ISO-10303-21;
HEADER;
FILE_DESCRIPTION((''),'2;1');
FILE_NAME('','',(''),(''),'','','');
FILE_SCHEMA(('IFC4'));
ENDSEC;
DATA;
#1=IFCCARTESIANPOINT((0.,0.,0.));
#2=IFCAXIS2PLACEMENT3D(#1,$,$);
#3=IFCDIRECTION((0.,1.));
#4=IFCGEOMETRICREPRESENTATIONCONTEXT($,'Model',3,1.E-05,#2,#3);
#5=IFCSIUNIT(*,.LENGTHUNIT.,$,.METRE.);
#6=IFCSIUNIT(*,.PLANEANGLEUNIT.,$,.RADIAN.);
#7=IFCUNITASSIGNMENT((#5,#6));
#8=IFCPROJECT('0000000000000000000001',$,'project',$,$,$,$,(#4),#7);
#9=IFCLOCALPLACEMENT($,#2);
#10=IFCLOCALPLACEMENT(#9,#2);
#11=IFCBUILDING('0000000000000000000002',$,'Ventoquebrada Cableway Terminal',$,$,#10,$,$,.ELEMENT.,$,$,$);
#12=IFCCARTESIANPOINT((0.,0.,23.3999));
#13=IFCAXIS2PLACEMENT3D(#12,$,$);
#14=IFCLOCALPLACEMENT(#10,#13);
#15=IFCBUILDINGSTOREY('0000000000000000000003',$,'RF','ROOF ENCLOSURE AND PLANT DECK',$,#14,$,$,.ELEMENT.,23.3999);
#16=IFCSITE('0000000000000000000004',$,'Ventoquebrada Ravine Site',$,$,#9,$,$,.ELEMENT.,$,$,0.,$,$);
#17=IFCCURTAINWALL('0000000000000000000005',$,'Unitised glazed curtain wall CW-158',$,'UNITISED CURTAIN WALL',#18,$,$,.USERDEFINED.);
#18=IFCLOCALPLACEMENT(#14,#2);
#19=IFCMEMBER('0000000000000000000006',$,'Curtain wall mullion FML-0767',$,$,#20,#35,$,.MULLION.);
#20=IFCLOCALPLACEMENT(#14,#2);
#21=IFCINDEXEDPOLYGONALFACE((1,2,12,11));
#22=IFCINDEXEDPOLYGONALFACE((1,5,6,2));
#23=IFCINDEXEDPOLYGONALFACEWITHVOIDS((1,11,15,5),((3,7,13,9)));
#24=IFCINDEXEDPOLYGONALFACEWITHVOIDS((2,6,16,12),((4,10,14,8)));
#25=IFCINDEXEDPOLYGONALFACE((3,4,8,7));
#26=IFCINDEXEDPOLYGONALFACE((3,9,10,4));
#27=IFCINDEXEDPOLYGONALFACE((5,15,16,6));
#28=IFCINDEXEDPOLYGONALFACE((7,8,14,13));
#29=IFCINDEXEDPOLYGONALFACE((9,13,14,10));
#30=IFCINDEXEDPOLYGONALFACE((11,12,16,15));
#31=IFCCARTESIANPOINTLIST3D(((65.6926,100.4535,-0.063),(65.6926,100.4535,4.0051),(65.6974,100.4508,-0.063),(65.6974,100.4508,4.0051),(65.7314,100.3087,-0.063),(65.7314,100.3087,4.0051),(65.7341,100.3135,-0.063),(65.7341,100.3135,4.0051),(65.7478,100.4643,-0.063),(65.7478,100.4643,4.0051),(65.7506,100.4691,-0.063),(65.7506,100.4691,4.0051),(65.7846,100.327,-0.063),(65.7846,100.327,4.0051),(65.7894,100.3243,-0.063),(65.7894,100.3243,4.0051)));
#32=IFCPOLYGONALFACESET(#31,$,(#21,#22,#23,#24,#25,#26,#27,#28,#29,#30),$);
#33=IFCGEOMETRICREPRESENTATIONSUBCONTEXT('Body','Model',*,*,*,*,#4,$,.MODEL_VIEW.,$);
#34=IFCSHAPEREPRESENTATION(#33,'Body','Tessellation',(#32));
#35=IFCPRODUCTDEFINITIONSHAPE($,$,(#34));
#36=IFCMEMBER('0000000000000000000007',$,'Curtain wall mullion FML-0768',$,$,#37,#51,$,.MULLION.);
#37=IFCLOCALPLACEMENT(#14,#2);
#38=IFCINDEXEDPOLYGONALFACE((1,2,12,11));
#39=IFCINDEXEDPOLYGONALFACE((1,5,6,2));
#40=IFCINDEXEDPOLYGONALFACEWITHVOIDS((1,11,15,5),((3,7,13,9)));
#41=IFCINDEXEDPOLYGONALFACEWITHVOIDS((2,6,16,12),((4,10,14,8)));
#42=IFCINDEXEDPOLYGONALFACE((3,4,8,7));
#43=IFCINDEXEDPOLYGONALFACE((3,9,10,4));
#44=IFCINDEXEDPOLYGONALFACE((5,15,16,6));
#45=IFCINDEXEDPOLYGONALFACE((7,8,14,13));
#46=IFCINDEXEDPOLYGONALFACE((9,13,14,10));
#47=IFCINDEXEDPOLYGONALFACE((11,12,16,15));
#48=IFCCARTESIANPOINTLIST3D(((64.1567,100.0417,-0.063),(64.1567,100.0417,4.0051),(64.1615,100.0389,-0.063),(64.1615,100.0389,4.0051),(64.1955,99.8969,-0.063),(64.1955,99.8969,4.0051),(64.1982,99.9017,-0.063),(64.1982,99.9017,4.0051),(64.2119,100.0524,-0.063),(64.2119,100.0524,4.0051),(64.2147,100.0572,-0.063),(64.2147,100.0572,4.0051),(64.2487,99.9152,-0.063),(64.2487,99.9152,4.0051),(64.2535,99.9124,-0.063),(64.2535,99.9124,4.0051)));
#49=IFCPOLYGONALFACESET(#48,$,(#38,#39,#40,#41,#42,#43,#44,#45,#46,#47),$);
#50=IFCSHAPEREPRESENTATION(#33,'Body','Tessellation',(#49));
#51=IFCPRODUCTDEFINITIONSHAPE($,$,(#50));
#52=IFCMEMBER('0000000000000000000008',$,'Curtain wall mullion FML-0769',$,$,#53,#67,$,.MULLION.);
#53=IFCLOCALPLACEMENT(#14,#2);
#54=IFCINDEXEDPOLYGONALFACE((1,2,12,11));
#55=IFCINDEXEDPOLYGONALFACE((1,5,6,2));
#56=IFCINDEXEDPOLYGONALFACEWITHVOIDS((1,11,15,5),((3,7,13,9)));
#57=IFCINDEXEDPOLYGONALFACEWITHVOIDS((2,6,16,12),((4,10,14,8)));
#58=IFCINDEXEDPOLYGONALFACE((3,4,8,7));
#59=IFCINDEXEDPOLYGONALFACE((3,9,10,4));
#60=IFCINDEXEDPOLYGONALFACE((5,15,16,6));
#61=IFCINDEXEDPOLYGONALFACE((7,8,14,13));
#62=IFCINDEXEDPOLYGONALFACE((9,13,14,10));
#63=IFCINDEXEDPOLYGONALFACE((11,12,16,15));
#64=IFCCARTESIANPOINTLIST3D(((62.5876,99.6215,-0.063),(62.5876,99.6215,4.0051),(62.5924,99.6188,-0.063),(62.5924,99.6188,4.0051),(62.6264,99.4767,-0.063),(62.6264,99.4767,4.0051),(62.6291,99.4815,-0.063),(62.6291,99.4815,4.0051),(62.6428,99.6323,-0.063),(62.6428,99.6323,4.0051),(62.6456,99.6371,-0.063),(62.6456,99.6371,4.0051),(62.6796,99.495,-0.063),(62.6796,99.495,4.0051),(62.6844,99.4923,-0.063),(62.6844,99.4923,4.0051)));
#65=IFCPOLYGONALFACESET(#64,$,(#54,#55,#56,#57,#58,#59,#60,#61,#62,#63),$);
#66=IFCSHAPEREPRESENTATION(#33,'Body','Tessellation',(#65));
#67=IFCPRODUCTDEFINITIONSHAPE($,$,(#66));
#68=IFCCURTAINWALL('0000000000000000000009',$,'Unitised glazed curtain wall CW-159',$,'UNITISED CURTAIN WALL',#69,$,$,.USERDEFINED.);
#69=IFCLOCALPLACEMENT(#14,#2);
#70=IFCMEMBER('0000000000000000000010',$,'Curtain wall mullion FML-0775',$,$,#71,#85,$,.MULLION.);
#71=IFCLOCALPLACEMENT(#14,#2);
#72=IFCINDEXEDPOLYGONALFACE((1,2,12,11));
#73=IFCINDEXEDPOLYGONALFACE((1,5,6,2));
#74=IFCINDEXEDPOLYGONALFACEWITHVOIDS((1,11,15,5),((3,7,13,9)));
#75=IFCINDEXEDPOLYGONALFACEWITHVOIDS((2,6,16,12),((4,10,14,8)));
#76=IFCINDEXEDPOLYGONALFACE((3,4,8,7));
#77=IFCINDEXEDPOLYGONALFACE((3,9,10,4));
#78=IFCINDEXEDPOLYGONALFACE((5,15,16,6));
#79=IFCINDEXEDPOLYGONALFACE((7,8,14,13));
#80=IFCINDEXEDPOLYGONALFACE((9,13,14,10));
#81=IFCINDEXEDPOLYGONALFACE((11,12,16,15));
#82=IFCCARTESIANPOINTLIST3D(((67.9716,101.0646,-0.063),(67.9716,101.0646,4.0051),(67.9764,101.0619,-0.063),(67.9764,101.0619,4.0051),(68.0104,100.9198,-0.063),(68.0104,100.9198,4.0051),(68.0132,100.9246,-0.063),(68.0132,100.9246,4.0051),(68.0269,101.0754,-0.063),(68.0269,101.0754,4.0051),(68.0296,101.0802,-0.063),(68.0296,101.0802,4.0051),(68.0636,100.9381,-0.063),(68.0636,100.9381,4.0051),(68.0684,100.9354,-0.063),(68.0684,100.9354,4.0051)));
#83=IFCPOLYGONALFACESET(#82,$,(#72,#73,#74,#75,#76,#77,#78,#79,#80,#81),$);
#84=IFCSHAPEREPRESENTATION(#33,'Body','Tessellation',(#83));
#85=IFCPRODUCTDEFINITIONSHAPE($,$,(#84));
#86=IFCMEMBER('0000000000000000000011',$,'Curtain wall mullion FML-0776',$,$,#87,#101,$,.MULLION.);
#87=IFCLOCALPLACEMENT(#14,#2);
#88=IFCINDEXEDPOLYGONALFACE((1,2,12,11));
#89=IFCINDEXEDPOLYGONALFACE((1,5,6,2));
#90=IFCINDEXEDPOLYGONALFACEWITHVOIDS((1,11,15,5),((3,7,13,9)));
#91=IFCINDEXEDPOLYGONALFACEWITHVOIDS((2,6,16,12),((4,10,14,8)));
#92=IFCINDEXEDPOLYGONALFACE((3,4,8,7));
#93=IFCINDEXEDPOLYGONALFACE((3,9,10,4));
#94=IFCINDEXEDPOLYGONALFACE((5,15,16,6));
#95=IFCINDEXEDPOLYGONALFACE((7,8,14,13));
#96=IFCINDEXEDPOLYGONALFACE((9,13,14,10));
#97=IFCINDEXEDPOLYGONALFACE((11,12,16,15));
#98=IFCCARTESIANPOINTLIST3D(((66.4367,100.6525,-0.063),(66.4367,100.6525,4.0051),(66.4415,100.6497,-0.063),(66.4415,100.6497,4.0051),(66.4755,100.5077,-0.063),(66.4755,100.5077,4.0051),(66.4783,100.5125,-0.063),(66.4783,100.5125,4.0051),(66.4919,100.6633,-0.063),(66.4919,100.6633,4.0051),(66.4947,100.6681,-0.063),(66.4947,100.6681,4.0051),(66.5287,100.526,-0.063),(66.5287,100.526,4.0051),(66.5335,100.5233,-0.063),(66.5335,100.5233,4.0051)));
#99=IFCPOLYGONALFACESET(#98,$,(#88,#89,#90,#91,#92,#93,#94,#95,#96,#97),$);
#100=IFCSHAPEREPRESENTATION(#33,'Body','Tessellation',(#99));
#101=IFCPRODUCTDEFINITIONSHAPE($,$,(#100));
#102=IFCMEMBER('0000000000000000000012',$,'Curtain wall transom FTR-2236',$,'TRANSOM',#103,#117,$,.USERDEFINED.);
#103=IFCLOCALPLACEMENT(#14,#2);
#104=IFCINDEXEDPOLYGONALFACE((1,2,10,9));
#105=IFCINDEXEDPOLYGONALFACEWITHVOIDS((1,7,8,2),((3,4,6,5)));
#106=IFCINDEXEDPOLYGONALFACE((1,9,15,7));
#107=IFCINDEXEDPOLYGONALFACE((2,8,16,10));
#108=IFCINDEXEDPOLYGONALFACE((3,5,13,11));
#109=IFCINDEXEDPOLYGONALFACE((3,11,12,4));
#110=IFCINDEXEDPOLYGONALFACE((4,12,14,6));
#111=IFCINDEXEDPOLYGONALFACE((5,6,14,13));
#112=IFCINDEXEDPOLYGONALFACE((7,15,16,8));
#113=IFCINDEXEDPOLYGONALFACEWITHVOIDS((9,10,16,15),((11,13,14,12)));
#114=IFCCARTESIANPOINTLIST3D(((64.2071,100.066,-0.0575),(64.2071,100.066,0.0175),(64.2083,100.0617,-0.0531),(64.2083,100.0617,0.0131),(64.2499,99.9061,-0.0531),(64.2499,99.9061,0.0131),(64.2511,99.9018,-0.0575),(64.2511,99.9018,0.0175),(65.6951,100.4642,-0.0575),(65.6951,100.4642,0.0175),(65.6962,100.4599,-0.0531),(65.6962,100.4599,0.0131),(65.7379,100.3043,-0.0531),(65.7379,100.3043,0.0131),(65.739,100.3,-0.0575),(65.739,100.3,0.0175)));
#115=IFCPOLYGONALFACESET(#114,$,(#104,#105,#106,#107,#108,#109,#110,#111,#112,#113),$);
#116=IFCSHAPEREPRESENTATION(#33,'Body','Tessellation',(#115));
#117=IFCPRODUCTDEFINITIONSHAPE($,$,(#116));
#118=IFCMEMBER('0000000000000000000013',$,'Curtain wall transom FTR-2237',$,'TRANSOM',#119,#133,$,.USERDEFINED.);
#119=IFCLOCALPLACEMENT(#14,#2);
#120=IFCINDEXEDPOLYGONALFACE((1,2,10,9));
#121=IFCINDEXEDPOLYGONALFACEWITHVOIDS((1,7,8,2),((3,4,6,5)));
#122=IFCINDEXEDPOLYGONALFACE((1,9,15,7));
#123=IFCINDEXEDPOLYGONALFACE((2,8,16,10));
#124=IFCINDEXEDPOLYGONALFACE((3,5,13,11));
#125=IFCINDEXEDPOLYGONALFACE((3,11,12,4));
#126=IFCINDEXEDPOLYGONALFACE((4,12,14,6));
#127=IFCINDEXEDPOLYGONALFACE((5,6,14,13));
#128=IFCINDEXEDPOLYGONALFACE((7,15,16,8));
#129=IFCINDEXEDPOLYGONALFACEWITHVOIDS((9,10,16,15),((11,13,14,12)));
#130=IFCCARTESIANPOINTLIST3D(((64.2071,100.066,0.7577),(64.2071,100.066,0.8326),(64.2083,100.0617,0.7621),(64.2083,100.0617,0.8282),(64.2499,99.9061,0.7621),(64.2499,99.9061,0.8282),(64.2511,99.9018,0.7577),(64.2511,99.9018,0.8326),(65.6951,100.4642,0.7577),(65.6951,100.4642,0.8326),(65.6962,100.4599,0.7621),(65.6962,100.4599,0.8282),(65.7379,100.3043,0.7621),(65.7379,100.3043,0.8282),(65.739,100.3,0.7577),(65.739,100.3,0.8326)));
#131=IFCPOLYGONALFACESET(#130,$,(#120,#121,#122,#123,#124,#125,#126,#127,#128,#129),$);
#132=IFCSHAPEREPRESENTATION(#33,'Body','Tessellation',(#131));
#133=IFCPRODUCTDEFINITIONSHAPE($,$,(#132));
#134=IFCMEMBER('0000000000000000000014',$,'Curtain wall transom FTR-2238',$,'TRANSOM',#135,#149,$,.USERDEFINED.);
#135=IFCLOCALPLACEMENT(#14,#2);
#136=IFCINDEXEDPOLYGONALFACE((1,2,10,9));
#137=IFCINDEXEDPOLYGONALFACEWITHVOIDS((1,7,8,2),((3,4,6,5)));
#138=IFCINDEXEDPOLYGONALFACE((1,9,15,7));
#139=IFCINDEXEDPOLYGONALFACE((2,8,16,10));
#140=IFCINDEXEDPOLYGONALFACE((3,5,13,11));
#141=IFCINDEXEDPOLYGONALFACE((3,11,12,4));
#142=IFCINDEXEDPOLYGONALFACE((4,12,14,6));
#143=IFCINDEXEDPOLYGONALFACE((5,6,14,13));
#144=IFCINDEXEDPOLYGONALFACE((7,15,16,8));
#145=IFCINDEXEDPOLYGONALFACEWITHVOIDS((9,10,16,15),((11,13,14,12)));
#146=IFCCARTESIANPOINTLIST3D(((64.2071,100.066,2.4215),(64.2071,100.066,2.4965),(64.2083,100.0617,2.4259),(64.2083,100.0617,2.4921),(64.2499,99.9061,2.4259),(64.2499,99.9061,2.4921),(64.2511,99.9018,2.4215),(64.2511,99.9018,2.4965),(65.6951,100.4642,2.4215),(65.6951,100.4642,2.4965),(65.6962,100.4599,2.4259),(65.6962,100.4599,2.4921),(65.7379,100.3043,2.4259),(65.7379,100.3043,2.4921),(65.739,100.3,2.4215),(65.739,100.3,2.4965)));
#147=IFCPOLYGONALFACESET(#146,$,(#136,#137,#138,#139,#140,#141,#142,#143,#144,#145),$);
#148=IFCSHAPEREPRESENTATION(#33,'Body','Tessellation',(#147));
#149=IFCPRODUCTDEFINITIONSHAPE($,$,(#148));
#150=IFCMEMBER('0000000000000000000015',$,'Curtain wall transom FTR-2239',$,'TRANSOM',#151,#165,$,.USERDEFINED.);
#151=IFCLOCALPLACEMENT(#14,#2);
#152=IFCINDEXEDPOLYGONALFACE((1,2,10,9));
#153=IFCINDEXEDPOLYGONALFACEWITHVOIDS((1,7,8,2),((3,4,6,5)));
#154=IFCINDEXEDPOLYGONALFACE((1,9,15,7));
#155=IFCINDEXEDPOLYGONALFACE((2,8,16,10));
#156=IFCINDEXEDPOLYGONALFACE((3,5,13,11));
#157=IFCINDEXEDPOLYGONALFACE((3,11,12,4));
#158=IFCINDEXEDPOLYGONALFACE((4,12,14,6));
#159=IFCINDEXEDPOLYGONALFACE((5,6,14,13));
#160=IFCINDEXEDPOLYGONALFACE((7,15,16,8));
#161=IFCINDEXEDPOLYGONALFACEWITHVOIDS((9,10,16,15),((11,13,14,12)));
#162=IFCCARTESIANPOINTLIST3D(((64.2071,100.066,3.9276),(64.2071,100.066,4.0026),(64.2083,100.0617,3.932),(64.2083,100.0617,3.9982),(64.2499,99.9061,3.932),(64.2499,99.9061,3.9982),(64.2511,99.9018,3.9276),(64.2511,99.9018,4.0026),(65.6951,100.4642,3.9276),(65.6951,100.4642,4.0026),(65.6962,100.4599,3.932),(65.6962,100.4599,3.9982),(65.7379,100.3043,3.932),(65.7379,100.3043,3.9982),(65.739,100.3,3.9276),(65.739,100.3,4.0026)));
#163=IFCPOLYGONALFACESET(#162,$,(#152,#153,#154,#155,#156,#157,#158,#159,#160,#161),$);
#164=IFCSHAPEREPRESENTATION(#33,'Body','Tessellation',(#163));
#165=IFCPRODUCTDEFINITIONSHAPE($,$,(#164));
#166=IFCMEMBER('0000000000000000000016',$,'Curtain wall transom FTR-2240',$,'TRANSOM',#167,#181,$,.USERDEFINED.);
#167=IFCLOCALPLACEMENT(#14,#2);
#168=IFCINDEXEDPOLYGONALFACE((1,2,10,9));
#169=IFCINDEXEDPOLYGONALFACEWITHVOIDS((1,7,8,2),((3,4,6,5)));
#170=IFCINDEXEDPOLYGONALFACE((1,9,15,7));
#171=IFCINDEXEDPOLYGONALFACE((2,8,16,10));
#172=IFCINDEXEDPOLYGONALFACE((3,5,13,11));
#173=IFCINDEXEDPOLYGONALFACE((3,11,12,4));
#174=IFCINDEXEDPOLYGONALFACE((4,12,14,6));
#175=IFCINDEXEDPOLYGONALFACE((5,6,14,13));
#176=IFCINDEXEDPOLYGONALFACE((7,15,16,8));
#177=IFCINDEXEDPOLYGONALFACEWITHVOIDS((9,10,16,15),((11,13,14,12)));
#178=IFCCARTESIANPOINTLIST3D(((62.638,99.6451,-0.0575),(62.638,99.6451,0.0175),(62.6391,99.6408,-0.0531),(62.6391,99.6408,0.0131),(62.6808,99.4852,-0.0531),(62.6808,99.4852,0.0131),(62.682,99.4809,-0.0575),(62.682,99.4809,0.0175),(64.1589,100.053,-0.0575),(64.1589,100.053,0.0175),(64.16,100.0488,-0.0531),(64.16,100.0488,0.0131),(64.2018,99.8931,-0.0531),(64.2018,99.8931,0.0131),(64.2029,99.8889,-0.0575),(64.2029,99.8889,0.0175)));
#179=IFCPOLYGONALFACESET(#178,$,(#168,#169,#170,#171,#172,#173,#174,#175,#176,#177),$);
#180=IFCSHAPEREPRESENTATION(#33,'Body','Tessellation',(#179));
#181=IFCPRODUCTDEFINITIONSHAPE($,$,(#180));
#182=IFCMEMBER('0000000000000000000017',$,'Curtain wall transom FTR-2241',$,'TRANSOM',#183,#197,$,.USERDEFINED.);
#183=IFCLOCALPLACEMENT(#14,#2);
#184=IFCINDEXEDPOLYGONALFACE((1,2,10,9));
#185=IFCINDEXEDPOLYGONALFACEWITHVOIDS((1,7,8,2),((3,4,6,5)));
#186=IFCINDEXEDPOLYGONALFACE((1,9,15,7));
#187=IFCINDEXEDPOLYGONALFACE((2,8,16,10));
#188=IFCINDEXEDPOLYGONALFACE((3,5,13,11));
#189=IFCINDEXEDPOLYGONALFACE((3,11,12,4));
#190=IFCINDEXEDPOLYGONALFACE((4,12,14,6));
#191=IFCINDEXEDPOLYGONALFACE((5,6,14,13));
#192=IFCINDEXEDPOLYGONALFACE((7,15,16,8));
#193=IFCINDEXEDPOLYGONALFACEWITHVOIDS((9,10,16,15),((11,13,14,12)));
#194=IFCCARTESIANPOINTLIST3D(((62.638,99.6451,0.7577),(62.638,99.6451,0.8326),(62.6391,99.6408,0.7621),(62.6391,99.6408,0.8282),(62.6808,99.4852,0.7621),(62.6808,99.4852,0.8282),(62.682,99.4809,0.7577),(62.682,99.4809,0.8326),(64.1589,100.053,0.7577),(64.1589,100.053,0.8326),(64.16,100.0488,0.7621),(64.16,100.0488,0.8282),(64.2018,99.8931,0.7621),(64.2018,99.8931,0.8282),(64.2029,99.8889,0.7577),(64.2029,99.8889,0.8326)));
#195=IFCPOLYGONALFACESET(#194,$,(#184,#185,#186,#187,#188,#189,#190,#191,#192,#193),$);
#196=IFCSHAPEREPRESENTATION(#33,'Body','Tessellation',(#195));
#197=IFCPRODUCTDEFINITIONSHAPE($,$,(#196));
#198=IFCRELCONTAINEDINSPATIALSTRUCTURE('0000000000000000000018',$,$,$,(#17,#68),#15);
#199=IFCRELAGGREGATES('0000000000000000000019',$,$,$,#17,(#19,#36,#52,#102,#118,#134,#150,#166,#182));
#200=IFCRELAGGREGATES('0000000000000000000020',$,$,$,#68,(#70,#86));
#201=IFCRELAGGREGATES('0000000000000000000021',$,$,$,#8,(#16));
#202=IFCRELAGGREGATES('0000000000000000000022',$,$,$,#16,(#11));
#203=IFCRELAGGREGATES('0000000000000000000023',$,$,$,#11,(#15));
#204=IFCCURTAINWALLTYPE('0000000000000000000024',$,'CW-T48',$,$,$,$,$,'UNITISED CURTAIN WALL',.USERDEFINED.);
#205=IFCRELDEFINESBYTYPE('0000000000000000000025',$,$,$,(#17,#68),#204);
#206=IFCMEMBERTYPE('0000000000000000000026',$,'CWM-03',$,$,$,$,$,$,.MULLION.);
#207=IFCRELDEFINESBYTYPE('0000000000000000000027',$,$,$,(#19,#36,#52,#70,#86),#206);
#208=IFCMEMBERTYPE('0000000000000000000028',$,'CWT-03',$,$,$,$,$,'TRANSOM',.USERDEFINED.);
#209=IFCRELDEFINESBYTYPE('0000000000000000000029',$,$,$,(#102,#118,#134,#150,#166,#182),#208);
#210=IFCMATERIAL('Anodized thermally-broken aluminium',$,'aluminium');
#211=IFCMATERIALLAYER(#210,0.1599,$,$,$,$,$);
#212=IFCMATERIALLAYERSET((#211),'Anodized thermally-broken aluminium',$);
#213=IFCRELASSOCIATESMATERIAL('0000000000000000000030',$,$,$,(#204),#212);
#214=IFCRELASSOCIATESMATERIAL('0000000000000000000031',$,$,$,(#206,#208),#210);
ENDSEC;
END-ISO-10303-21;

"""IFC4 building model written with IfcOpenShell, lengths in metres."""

from ifc_helpers import new_model, si_unit, direction, frame, origin, origin_2d, place, context, subcontext, project, spatial, hollow_rectangle, extrude, material, layer, layer_set, material_profile, profile_set, type_object, element, aggregate, save


model = new_model("IFC4")

# Units and contexts
model_context = context("Model", 3, precision=1e-05, world=origin(), true_north=direction((0.0, 1.0)))
body_context = subcontext(model_context, "Body", "Model", "MODEL_VIEW")
ifc_project = project(units=[si_unit("LENGTHUNIT", "METRE"), si_unit("PLANEANGLEUNIT", "RADIAN")], contexts=[model_context])

# Site, building, storey
site_placement = place(None, origin())
site = spatial("IfcSite", under=ifc_project, at=site_placement, Name="Ventoquebrada Ravine Site", CompositionType="ELEMENT", RefElevation=0.0)
building_placement = place(site_placement, origin())
building = spatial("IfcBuilding", under=site, at=building_placement, Name="Ventoquebrada Cableway Terminal", CompositionType="ELEMENT")
storey_placement = place(building_placement, frame((0.0, 0.0, 23.3999)))
storey = spatial("IfcBuildingStorey", under=building, at=storey_placement, Name="RF", Description="ROOF ENCLOSURE AND PLANT DECK", CompositionType="ELEMENT", Elevation=23.3999)

# Curtain walls, members
ifc_material_1 = material(Name="Anodized thermally-broken aluminium", Category="aluminium")
ifc_layer_1 = layer(ifc_material_1, 0.1599)
ifc_layer_set_1 = layer_set([ifc_layer_1], Name="Anodized thermally-broken aluminium")
curtain_wall_type = type_object("IfcCurtainWallType", Name="CW-T48", ElementType="UNITISED CURTAIN WALL", PredefinedType="USERDEFINED", material=ifc_layer_set_1)
curtain_wall_1_placement = place(storey_placement, origin())
curtain_wall_1 = element("IfcCurtainWall", 1, at=curtain_wall_1_placement, inside=storey, type_object=curtain_wall_type, Name="Unitised glazed curtain wall CW-158", ObjectType="UNITISED CURTAIN WALL", PredefinedType="USERDEFINED")
ifc_material_profile_1 = material_profile(ifc_material_1, hollow_rectangle(XDim=0.0601, YDim=0.1499, WallThickness=0.0039, at=origin_2d()), Name="CW-MUL-60X150")
ifc_profile_set_1 = profile_set([ifc_material_profile_1], Name="Anodized thermally-broken aluminium")
member_type_1 = type_object("IfcMemberType", Name="CWM-03", PredefinedType="MULLION", material=ifc_profile_set_1)
member_1_placement = place(storey_placement, frame((65.741, 100.3889, -0.063), z_axis=(0.0, 0.0, 1.0), x_axis=(-0.965944, -0.258752, 0.0)))
member_1 = element("IfcMember", 2, at=member_1_placement, type_object=member_type_1, Name="Curtain wall mullion FML-0767", PredefinedType="MULLION", context=body_context, shape_type="SweptSolid", body=[
    extrude(hollow_rectangle(XDim=0.0601, YDim=0.1499, WallThickness=0.0039, at=origin_2d()), origin(), (0.0, 0.0, 1.0), 4.0681),
])
member_2_placement = place(storey_placement, frame((64.2051, 99.9771, -0.063), z_axis=(0.0, 0.0, 1.0), x_axis=(-0.965944, -0.258752, 0.0)))
member_2 = element("IfcMember", 3, at=member_2_placement, type_object=member_type_1, Name="Curtain wall mullion FML-0768", PredefinedType="MULLION", context=body_context, shape_type="SweptSolid", body=[
    extrude(hollow_rectangle(XDim=0.0601, YDim=0.1499, WallThickness=0.0039, at=origin_2d()), origin(), (0.0, 0.0, 1.0), 4.0681),
])
member_3_placement = place(storey_placement, frame((62.636, 99.5569, -0.063), z_axis=(0.0, 0.0, 1.0), x_axis=(-0.965944, -0.258752, 0.0)))
member_3 = element("IfcMember", 4, at=member_3_placement, type_object=member_type_1, Name="Curtain wall mullion FML-0769", PredefinedType="MULLION", context=body_context, shape_type="SweptSolid", body=[
    extrude(hollow_rectangle(XDim=0.0601, YDim=0.1499, WallThickness=0.0039, at=origin_2d()), origin(), (0.0, 0.0, 1.0), 4.0681),
])
curtain_wall_2_placement = place(storey_placement, origin())
curtain_wall_2 = element("IfcCurtainWall", 5, at=curtain_wall_2_placement, inside=storey, type_object=curtain_wall_type, Name="Unitised glazed curtain wall CW-159", ObjectType="UNITISED CURTAIN WALL", PredefinedType="USERDEFINED")
member_4_placement = place(storey_placement, frame((68.02, 101.0, -0.063), z_axis=(0.0, 0.0, 1.0), x_axis=(-0.965894, -0.258937, 0.0)))
member_4 = element("IfcMember", 6, at=member_4_placement, type_object=member_type_1, Name="Curtain wall mullion FML-0775", PredefinedType="MULLION", context=body_context, shape_type="SweptSolid", body=[
    extrude(hollow_rectangle(XDim=0.0601, YDim=0.1499, WallThickness=0.0039, at=origin_2d()), origin(), (0.0, 0.0, 1.0), 4.0681),
])
member_5_placement = place(storey_placement, frame((66.4851, 100.5879, -0.063), z_axis=(0.0, 0.0, 1.0), x_axis=(-0.965894, -0.258937, 0.0)))
member_5 = element("IfcMember", 7, at=member_5_placement, type_object=member_type_1, Name="Curtain wall mullion FML-0776", PredefinedType="MULLION", context=body_context, shape_type="SweptSolid", body=[
    extrude(hollow_rectangle(XDim=0.0601, YDim=0.1499, WallThickness=0.0039, at=origin_2d()), origin(), (0.0, 0.0, 1.0), 4.0681),
])

# Members
ifc_material_profile_2 = material_profile(ifc_material_1, hollow_rectangle(XDim=0.075, YDim=0.1699, WallThickness=0.0044, at=origin_2d()), Name="CW-TRN-75X170")
ifc_profile_set_2 = profile_set([ifc_material_profile_2], Name="Anodized thermally-broken aluminium")
member_type_2 = type_object("IfcMemberType", Name="CWT-03", ElementType="TRANSOM", PredefinedType="USERDEFINED", material=ifc_profile_set_2)
member_6_placement = place(storey_placement, frame((65.717, 100.3821, -0.02), z_axis=(-0.966011, -0.258501, 0.0), x_axis=(0.0, 0.0, 1.0)))
member_6 = element("IfcMember", 8, at=member_6_placement, type_object=member_type_2, Name="Curtain wall transom FTR-2236", ObjectType="TRANSOM", PredefinedType="USERDEFINED", context=body_context, shape_type="SweptSolid", body=[
    extrude(hollow_rectangle(XDim=0.075, YDim=0.1699, WallThickness=0.0044, at=origin_2d()), origin(), (0.0, 0.0, 1.0), 1.5403),
])
member_7_placement = place(storey_placement, frame((65.717, 100.3821, 0.7952), z_axis=(-0.966011, -0.258501, 0.0), x_axis=(0.0, 0.0, 1.0)))
member_7 = element("IfcMember", 9, at=member_7_placement, type_object=member_type_2, Name="Curtain wall transom FTR-2237", ObjectType="TRANSOM", PredefinedType="USERDEFINED", context=body_context, shape_type="SweptSolid", body=[
    extrude(hollow_rectangle(XDim=0.075, YDim=0.1699, WallThickness=0.0044, at=origin_2d()), origin(), (0.0, 0.0, 1.0), 1.5403),
])
member_8_placement = place(storey_placement, frame((65.717, 100.3821, 2.459), z_axis=(-0.966011, -0.258501, 0.0), x_axis=(0.0, 0.0, 1.0)))
member_8 = element("IfcMember", 10, at=member_8_placement, type_object=member_type_2, Name="Curtain wall transom FTR-2238", ObjectType="TRANSOM", PredefinedType="USERDEFINED", context=body_context, shape_type="SweptSolid", body=[
    extrude(hollow_rectangle(XDim=0.075, YDim=0.1699, WallThickness=0.0044, at=origin_2d()), origin(), (0.0, 0.0, 1.0), 1.5403),
])
member_9_placement = place(storey_placement, frame((65.717, 100.3821, 3.9651), z_axis=(-0.966011, -0.258501, 0.0), x_axis=(0.0, 0.0, 1.0)))
member_9 = element("IfcMember", 11, at=member_9_placement, type_object=member_type_2, Name="Curtain wall transom FTR-2239", ObjectType="TRANSOM", PredefinedType="USERDEFINED", context=body_context, shape_type="SweptSolid", body=[
    extrude(hollow_rectangle(XDim=0.075, YDim=0.1699, WallThickness=0.0044, at=origin_2d()), origin(), (0.0, 0.0, 1.0), 1.5403),
])
member_10_placement = place(storey_placement, frame((64.1809, 99.9709, -0.02), z_axis=(-0.965861, -0.259062, 0.0), x_axis=(0.0, 0.0, 1.0)))
member_10 = element("IfcMember", 12, at=member_10_placement, type_object=member_type_2, Name="Curtain wall transom FTR-2240", ObjectType="TRANSOM", PredefinedType="USERDEFINED", context=body_context, shape_type="SweptSolid", body=[
    extrude(hollow_rectangle(XDim=0.075, YDim=0.1699, WallThickness=0.0044, at=origin_2d()), origin(), (0.0, 0.0, 1.0), 1.5747),
])
member_11_placement = place(storey_placement, frame((64.1809, 99.9709, 0.7952), z_axis=(-0.965861, -0.259062, 0.0), x_axis=(0.0, 0.0, 1.0)))
member_11 = element("IfcMember", 13, at=member_11_placement, type_object=member_type_2, Name="Curtain wall transom FTR-2241", ObjectType="TRANSOM", PredefinedType="USERDEFINED", context=body_context, shape_type="SweptSolid", body=[
    extrude(hollow_rectangle(XDim=0.075, YDim=0.1699, WallThickness=0.0044, at=origin_2d()), origin(), (0.0, 0.0, 1.0), 1.5747),
])

aggregate(curtain_wall_1, [member_1, member_2, member_3, member_6, member_7, member_8, member_9, member_10, member_11])
aggregate(curtain_wall_2, [member_4, member_5])

save(model, "model.ifc")
